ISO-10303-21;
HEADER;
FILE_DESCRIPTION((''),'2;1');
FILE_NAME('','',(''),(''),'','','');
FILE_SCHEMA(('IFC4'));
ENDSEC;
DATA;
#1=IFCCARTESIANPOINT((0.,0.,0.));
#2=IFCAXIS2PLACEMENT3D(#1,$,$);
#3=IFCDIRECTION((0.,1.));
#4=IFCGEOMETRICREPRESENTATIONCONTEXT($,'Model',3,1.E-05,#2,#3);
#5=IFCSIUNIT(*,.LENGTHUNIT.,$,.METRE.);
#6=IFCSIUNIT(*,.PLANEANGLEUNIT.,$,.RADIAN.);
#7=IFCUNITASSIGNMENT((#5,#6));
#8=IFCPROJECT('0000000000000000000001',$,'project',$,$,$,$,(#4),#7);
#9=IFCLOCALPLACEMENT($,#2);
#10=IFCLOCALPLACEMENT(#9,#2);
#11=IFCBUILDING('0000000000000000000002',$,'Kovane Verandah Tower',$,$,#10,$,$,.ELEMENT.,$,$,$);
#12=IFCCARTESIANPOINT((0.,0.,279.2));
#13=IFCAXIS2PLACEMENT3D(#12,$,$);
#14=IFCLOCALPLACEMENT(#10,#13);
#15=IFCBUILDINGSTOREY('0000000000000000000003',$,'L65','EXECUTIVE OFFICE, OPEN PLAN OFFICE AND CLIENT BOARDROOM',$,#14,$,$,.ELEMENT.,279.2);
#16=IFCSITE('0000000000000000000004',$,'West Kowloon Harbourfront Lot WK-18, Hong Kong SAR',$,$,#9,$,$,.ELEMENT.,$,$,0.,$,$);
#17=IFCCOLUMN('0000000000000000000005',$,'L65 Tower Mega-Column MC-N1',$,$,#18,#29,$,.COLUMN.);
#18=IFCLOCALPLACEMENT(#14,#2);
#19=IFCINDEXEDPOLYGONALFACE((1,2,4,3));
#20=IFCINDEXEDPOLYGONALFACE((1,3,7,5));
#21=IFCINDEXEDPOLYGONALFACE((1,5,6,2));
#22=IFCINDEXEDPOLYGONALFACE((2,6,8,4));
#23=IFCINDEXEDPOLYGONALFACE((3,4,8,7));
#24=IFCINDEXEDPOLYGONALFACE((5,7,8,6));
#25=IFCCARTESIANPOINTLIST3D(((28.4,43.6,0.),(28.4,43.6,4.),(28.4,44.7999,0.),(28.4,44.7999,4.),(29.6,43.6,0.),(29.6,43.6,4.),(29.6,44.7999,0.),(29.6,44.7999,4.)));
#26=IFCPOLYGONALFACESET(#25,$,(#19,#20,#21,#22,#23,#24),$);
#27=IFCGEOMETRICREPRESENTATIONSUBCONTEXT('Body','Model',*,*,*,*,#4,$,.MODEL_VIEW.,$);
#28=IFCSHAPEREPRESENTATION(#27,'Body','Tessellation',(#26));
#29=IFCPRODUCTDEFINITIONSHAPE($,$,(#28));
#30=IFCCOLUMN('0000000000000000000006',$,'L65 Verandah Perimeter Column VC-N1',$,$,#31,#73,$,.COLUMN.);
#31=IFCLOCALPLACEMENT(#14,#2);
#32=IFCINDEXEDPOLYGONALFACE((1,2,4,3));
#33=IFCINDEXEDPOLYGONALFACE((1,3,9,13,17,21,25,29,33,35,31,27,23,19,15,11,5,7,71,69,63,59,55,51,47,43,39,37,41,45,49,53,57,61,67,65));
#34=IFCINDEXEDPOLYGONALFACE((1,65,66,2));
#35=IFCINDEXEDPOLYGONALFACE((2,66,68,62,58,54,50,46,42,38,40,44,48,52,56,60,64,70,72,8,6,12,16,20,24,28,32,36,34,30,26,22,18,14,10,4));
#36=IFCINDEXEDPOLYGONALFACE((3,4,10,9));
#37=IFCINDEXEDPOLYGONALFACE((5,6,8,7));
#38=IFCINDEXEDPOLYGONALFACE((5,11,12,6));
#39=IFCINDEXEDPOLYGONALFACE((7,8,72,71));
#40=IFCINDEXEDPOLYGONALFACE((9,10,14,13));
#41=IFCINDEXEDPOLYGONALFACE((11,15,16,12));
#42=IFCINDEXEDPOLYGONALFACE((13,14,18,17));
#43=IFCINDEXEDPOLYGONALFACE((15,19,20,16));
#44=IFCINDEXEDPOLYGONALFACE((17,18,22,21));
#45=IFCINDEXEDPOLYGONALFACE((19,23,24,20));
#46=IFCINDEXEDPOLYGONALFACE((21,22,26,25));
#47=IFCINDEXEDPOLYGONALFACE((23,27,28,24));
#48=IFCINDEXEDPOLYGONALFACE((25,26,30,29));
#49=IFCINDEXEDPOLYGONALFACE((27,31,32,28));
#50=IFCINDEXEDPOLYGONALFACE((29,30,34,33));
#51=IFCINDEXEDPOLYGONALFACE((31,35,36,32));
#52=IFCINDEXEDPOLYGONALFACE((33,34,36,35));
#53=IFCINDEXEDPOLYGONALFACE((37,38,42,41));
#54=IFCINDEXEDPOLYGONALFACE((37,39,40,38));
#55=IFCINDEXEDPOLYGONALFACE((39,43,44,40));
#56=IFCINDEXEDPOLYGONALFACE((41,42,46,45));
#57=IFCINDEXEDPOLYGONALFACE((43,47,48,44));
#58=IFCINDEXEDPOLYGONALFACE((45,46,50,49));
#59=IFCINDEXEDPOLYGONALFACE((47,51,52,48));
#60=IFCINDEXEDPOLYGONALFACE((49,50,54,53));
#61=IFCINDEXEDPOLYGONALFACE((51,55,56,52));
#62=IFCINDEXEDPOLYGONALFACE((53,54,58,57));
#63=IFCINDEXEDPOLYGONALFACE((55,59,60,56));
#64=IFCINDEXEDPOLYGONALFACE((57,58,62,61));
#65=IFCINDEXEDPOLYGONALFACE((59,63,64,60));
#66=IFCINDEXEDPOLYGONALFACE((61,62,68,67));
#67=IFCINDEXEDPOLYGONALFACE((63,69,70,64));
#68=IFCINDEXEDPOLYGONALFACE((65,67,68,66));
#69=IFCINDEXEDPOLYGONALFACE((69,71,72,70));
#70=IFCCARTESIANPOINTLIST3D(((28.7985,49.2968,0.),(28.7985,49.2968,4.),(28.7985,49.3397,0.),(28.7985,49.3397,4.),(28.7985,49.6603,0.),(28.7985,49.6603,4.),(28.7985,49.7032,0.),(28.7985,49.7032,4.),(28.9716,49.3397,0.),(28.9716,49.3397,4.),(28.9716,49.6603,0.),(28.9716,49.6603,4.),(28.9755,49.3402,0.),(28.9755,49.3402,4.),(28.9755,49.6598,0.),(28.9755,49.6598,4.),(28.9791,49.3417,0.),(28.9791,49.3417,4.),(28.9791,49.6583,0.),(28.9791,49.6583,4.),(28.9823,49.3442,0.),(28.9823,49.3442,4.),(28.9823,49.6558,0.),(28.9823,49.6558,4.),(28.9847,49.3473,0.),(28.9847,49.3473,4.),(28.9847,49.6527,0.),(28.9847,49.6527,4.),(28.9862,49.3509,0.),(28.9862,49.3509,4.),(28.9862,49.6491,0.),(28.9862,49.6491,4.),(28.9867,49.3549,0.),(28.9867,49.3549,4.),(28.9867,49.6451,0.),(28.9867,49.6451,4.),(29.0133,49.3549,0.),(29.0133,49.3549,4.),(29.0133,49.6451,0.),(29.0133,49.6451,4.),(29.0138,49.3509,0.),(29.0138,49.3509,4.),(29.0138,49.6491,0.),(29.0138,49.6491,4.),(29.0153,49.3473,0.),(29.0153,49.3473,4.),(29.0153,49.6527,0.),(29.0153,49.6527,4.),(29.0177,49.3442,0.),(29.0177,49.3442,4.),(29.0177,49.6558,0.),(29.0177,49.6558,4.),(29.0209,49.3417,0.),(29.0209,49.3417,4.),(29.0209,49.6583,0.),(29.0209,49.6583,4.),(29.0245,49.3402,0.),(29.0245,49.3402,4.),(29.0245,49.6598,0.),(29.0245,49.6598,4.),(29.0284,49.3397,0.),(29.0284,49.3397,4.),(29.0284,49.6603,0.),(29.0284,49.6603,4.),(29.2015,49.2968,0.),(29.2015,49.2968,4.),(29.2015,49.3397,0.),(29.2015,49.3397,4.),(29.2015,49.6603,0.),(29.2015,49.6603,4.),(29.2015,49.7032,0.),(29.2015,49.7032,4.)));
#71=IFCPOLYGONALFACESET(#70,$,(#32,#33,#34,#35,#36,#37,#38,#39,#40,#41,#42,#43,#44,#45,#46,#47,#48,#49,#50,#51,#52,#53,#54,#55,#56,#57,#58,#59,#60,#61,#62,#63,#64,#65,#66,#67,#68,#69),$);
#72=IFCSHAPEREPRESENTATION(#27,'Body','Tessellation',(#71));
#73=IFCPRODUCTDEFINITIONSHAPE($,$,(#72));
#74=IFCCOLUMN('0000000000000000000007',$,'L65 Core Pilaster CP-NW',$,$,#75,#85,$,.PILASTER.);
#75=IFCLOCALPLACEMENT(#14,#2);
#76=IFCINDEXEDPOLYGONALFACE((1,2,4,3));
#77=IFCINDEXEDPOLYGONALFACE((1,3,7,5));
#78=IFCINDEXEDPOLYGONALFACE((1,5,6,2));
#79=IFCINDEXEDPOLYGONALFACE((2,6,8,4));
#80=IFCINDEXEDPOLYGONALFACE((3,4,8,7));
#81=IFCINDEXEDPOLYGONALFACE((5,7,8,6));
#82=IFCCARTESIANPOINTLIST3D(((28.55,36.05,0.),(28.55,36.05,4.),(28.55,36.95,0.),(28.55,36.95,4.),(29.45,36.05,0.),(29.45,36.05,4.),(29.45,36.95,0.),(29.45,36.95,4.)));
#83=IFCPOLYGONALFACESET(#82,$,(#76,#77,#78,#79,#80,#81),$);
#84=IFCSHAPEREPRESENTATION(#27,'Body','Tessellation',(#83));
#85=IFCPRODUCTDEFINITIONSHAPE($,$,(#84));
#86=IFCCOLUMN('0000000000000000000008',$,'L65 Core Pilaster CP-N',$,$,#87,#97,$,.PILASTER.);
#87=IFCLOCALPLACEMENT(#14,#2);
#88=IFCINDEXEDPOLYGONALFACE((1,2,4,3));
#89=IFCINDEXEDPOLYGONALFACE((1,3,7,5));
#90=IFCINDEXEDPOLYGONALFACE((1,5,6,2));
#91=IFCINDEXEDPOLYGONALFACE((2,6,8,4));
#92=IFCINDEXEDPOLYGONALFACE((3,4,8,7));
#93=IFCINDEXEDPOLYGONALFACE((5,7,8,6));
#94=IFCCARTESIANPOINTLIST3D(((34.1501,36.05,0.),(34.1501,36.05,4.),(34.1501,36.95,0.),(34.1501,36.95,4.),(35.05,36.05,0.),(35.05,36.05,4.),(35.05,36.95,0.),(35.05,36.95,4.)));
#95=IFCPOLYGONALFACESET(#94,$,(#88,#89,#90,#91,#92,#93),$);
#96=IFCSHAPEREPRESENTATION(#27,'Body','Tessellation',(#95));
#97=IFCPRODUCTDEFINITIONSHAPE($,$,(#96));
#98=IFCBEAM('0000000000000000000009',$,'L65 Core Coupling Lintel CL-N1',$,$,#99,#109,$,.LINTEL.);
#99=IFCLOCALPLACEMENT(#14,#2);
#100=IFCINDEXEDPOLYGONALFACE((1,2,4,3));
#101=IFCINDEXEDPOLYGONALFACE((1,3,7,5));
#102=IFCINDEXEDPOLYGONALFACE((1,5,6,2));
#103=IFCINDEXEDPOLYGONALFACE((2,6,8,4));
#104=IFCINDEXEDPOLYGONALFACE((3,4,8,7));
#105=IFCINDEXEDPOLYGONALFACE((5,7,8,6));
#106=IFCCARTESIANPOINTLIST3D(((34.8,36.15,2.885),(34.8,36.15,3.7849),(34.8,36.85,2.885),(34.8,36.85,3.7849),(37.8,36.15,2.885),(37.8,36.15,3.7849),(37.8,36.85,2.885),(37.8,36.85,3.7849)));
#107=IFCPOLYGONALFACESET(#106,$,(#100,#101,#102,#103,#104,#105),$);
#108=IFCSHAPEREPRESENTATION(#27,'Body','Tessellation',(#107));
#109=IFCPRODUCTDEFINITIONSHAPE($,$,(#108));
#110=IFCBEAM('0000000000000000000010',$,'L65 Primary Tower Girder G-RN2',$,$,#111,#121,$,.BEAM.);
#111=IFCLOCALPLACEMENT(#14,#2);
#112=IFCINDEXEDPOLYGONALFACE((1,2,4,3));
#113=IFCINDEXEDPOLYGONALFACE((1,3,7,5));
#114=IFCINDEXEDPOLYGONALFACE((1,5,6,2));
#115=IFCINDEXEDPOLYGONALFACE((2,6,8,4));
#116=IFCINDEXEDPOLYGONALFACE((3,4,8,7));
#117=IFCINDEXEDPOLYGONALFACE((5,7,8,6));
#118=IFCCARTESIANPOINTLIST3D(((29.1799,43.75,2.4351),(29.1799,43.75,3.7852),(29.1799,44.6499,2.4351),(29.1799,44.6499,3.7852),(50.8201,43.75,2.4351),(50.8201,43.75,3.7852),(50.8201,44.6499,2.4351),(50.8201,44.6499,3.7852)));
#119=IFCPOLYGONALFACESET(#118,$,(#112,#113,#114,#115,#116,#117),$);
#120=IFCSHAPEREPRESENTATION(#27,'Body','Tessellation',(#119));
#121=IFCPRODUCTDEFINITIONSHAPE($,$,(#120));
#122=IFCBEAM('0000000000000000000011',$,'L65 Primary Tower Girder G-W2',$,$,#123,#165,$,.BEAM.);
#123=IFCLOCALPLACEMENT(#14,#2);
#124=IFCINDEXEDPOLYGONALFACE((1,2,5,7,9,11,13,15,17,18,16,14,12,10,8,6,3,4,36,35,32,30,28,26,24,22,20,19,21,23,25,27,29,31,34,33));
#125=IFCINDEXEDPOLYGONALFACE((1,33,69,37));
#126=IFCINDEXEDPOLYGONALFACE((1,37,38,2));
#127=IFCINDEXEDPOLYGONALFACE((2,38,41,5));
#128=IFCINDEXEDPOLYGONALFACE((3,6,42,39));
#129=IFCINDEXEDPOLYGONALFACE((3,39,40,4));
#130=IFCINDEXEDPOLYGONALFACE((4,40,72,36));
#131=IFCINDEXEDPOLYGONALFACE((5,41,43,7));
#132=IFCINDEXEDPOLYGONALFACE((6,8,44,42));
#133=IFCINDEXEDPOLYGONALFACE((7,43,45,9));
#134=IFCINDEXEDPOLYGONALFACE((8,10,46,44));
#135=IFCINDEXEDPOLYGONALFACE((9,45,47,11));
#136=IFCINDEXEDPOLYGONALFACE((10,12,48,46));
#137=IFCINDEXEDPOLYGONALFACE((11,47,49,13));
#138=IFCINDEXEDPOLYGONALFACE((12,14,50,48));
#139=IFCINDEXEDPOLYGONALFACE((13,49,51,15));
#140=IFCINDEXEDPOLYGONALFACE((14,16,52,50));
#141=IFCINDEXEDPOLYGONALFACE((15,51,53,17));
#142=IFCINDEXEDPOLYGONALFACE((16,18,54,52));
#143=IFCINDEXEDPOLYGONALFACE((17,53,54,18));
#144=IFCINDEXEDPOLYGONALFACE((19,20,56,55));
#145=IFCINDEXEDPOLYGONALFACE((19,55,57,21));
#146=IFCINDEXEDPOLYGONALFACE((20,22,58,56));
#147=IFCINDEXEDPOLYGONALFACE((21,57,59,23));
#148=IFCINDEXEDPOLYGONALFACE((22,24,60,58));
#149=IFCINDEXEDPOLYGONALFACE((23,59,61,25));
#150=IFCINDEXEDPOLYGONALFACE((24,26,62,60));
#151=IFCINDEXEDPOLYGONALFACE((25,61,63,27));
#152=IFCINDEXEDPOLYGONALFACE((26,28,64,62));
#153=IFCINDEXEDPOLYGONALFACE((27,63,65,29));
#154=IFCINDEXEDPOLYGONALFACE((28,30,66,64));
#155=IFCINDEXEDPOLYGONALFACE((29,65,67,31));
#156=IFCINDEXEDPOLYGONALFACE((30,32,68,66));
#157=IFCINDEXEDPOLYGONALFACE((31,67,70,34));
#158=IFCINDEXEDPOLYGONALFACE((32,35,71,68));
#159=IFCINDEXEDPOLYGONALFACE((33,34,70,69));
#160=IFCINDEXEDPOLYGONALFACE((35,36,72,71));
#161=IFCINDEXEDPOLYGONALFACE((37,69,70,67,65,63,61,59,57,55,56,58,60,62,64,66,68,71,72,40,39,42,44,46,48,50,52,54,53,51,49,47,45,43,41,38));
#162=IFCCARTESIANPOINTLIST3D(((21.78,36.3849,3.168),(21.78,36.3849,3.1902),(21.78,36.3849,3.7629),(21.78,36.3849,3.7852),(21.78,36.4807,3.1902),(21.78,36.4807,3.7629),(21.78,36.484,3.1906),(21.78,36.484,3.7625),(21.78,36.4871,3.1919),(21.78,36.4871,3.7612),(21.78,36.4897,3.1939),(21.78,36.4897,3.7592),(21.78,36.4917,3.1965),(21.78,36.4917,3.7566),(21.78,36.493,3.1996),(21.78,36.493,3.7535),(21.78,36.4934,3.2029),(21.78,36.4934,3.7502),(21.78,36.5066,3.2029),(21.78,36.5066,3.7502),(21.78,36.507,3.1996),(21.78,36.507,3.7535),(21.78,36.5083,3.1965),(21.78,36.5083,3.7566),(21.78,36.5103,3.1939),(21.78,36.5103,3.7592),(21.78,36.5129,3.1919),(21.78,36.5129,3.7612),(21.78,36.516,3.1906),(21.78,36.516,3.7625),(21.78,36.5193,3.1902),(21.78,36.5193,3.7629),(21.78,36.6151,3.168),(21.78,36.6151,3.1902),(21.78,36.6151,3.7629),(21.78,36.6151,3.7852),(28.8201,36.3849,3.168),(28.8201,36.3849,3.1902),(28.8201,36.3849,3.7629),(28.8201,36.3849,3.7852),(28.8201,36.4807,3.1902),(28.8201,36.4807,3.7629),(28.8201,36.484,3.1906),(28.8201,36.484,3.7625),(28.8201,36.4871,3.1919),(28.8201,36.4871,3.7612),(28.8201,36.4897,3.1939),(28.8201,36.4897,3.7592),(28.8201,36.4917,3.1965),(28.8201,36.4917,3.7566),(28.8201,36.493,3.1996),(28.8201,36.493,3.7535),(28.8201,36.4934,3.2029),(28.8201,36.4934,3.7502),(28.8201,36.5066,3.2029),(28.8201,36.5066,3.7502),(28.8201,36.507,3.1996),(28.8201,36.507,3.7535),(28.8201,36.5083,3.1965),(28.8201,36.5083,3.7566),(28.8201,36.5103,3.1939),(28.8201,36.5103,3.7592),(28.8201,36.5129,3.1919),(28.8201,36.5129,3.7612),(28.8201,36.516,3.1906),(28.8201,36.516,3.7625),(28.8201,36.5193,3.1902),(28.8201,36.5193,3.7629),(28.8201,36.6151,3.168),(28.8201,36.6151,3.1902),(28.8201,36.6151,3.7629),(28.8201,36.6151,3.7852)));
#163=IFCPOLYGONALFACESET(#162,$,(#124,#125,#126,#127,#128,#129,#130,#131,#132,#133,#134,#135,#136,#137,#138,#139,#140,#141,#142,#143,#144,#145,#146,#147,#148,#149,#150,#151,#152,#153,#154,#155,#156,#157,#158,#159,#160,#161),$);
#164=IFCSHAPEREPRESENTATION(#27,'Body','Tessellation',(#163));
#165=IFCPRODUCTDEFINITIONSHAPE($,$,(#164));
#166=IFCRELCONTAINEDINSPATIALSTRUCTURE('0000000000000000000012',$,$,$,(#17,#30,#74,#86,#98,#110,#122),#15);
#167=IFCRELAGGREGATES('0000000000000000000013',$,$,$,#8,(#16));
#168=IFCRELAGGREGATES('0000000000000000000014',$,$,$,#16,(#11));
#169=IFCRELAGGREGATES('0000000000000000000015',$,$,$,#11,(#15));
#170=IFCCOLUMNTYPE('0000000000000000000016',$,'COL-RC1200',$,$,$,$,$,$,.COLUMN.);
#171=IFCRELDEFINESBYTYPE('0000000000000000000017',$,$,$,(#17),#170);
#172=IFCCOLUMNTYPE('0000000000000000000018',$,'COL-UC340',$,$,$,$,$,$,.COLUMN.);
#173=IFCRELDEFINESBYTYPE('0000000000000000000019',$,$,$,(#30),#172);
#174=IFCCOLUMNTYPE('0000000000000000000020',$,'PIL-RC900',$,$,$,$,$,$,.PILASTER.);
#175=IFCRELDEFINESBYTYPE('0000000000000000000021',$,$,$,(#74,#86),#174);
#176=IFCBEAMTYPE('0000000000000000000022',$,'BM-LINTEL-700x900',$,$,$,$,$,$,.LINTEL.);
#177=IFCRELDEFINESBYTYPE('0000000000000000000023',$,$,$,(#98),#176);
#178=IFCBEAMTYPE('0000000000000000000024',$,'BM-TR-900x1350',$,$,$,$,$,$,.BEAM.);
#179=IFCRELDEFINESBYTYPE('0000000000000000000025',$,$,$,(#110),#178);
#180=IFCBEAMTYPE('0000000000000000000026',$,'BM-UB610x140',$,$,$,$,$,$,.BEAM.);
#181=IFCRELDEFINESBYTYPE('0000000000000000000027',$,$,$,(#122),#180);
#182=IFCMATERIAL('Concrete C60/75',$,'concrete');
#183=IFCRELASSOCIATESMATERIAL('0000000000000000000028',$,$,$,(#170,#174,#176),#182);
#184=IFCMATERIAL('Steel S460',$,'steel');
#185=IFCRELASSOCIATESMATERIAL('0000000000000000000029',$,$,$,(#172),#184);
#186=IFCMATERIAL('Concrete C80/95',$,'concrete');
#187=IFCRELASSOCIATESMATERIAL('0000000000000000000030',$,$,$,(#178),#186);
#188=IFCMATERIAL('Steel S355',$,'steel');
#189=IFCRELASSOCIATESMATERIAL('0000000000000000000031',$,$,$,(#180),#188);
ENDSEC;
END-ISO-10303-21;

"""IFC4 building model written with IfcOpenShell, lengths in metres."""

from ifc_helpers import new_model, si_unit, direction, frame, origin, origin_2d, place, context, subcontext, project, spatial, rectangle, i_section, extrude, material, material_profile, profile_set, type_object, element, save


model = new_model("IFC4")

# Units and contexts
model_context = context("Model", 3, precision=1e-05, world=origin(), true_north=direction((0.0, 1.0)))
body_context = subcontext(model_context, "Body", "Model", "MODEL_VIEW")
ifc_project = project(units=[si_unit("LENGTHUNIT", "METRE"), si_unit("PLANEANGLEUNIT", "RADIAN")], contexts=[model_context])

# Site, building, storey
site_placement = place(None, origin())
site = spatial("IfcSite", under=ifc_project, at=site_placement, Name="West Kowloon Harbourfront Lot WK-18, Hong Kong SAR", CompositionType="ELEMENT", RefElevation=0.0)
building_placement = place(site_placement, origin())
building = spatial("IfcBuilding", under=site, at=building_placement, Name="Kovane Verandah Tower", CompositionType="ELEMENT")
storey_placement = place(building_placement, frame((0.0, 0.0, 279.2)))
storey = spatial("IfcBuildingStorey", under=building, at=storey_placement, Name="L65", Description="EXECUTIVE OFFICE, OPEN PLAN OFFICE AND CLIENT BOARDROOM", CompositionType="ELEMENT", Elevation=279.2)

# Columns
ifc_material_1 = material(Name="Concrete C60/75", Category="concrete")
ifc_material_profile_1 = material_profile(ifc_material_1, rectangle(XDim=1.2, YDim=1.2, at=origin_2d()), Name="RC1200x1200")
ifc_profile_set_1 = profile_set([ifc_material_profile_1], Name="Concrete C60/75")
column_type_1 = type_object("IfcColumnType", Name="COL-RC1200", PredefinedType="COLUMN", material=ifc_profile_set_1)
column_1_placement = place(storey_placement, frame((29.0, 44.2, 0.0), z_axis=(0.0, 0.0, 1.0), x_axis=(1.0, 0.0, 0.0)))
element("IfcColumn", 1, at=column_1_placement, inside=storey, type_object=column_type_1, Name="L65 Tower Mega-Column MC-N1", PredefinedType="COLUMN", context=body_context, shape_type="SweptSolid", body=[
    extrude(rectangle(XDim=1.2, YDim=1.2, at=origin_2d()), origin(), (0.0, 0.0, 1.0), 4.0),
])
ifc_material_2 = material(Name="Steel S460", Category="steel")
ifc_material_profile_2 = material_profile(ifc_material_2, i_section(OverallWidth=0.4031, OverallDepth=0.4065, WebThickness=0.0266, FlangeThickness=0.043, FilletRadius=0.0151, at=origin_2d()), Name="UC356x406x340")
ifc_profile_set_2 = profile_set([ifc_material_profile_2], Name="Steel S460")
column_type_2 = type_object("IfcColumnType", Name="COL-UC340", PredefinedType="COLUMN", material=ifc_profile_set_2)
column_2_placement = place(storey_placement, frame((29.0, 49.5, 0.0), z_axis=(0.0, 0.0, 1.0), x_axis=(1.0, 0.0, 0.0)))
element("IfcColumn", 2, at=column_2_placement, inside=storey, type_object=column_type_2, Name="L65 Verandah Perimeter Column VC-N1", PredefinedType="COLUMN", context=body_context, shape_type="SweptSolid", body=[
    extrude(i_section(OverallWidth=0.4031, OverallDepth=0.4065, WebThickness=0.0266, FlangeThickness=0.043, FilletRadius=0.0151, at=origin_2d()), origin(), (0.0, 0.0, 1.0), 4.0),
])
ifc_material_profile_3 = material_profile(ifc_material_1, rectangle(XDim=0.8999, YDim=0.8999, at=origin_2d()), Name="RC900x900")
ifc_profile_set_3 = profile_set([ifc_material_profile_3], Name="Concrete C60/75")
column_type_3 = type_object("IfcColumnType", Name="PIL-RC900", PredefinedType="PILASTER", material=ifc_profile_set_3)
for number, where, z_axis, x_axis, name in (
    (3, (29.0, 36.5, 0.0), (0.0, 0.0, 1.0), (1.0, 0.0, 0.0), "L65 Core Pilaster CP-NW"),
    (4, (34.6001, 36.5, 0.0), (0.0, 0.0, 1.0), (1.0, 0.0, 0.0), "L65 Core Pilaster CP-N"),
):
    element("IfcColumn", number, at=place(storey_placement, frame(where, z_axis=z_axis, x_axis=x_axis)), inside=storey, type_object=column_type_3, Name=name, PredefinedType="PILASTER", context=body_context, shape_type="SweptSolid", body=[
        extrude(rectangle(XDim=0.8999, YDim=0.8999, at=origin_2d()), origin(), (0.0, 0.0, 1.0), 4.0),
    ])

# Beams
ifc_material_profile_4 = material_profile(ifc_material_1, rectangle(XDim=0.7, YDim=0.8999, at=origin_2d()), Name="RCB700x900")
ifc_profile_set_4 = profile_set([ifc_material_profile_4], Name="Concrete C60/75")
beam_type_1 = type_object("IfcBeamType", Name="BM-LINTEL-700x900", PredefinedType="LINTEL", material=ifc_profile_set_4)
beam_1_placement = place(storey_placement, frame((34.8, 36.5, 3.335), z_axis=(1.0, 0.0, 0.0), x_axis=(0.0, 1.0, 0.0)))
element("IfcBeam", 5, at=beam_1_placement, inside=storey, type_object=beam_type_1, Name="L65 Core Coupling Lintel CL-N1", PredefinedType="LINTEL", context=body_context, shape_type="SweptSolid", body=[
    extrude(rectangle(XDim=0.7, YDim=0.8999, at=origin_2d()), origin(), (0.0, 0.0, 1.0), 3.0),
])
ifc_material_3 = material(Name="Concrete C80/95", Category="concrete")
ifc_material_profile_5 = material_profile(ifc_material_3, rectangle(XDim=0.8999, YDim=1.3501, at=origin_2d()), Name="RCB900x1350")
ifc_profile_set_5 = profile_set([ifc_material_profile_5], Name="Concrete C80/95")
beam_type_2 = type_object("IfcBeamType", Name="BM-TR-900x1350", PredefinedType="BEAM", material=ifc_profile_set_5)
beam_2_placement = place(storey_placement, frame((29.1799, 44.2, 3.1101), z_axis=(1.0, 0.0, 0.0), x_axis=(0.0, 1.0, 0.0)))
element("IfcBeam", 6, at=beam_2_placement, inside=storey, type_object=beam_type_2, Name="L65 Primary Tower Girder G-RN2", PredefinedType="BEAM", context=body_context, shape_type="SweptSolid", body=[
    extrude(rectangle(XDim=0.8999, YDim=1.3501, at=origin_2d()), origin(), (0.0, 0.0, 1.0), 21.6401),
])
ifc_material_4 = material(Name="Steel S355", Category="steel")
ifc_material_profile_6 = material_profile(ifc_material_4, i_section(OverallWidth=0.2302, OverallDepth=0.6172, WebThickness=0.0132, FlangeThickness=0.0222, FilletRadius=0.0127, at=origin_2d()), Name="UB610x229x140")
ifc_profile_set_6 = profile_set([ifc_material_profile_6], Name="Steel S355")
beam_type_3 = type_object("IfcBeamType", Name="BM-UB610x140", PredefinedType="BEAM", material=ifc_profile_set_6)
beam_3_placement = place(storey_placement, frame((28.8201, 36.5, 3.4766), z_axis=(-1.0, 0.0, 0.0), x_axis=(0.0, -1.0, 0.0)))
element("IfcBeam", 7, at=beam_3_placement, inside=storey, type_object=beam_type_3, Name="L65 Primary Tower Girder G-W2", PredefinedType="BEAM", context=body_context, shape_type="SweptSolid", body=[
    extrude(i_section(OverallWidth=0.2302, OverallDepth=0.6172, WebThickness=0.0132, FlangeThickness=0.0222, FilletRadius=0.0127, at=origin_2d()), origin(), (0.0, 0.0, 1.0), 7.04),
])

save(model, "model.ifc")
